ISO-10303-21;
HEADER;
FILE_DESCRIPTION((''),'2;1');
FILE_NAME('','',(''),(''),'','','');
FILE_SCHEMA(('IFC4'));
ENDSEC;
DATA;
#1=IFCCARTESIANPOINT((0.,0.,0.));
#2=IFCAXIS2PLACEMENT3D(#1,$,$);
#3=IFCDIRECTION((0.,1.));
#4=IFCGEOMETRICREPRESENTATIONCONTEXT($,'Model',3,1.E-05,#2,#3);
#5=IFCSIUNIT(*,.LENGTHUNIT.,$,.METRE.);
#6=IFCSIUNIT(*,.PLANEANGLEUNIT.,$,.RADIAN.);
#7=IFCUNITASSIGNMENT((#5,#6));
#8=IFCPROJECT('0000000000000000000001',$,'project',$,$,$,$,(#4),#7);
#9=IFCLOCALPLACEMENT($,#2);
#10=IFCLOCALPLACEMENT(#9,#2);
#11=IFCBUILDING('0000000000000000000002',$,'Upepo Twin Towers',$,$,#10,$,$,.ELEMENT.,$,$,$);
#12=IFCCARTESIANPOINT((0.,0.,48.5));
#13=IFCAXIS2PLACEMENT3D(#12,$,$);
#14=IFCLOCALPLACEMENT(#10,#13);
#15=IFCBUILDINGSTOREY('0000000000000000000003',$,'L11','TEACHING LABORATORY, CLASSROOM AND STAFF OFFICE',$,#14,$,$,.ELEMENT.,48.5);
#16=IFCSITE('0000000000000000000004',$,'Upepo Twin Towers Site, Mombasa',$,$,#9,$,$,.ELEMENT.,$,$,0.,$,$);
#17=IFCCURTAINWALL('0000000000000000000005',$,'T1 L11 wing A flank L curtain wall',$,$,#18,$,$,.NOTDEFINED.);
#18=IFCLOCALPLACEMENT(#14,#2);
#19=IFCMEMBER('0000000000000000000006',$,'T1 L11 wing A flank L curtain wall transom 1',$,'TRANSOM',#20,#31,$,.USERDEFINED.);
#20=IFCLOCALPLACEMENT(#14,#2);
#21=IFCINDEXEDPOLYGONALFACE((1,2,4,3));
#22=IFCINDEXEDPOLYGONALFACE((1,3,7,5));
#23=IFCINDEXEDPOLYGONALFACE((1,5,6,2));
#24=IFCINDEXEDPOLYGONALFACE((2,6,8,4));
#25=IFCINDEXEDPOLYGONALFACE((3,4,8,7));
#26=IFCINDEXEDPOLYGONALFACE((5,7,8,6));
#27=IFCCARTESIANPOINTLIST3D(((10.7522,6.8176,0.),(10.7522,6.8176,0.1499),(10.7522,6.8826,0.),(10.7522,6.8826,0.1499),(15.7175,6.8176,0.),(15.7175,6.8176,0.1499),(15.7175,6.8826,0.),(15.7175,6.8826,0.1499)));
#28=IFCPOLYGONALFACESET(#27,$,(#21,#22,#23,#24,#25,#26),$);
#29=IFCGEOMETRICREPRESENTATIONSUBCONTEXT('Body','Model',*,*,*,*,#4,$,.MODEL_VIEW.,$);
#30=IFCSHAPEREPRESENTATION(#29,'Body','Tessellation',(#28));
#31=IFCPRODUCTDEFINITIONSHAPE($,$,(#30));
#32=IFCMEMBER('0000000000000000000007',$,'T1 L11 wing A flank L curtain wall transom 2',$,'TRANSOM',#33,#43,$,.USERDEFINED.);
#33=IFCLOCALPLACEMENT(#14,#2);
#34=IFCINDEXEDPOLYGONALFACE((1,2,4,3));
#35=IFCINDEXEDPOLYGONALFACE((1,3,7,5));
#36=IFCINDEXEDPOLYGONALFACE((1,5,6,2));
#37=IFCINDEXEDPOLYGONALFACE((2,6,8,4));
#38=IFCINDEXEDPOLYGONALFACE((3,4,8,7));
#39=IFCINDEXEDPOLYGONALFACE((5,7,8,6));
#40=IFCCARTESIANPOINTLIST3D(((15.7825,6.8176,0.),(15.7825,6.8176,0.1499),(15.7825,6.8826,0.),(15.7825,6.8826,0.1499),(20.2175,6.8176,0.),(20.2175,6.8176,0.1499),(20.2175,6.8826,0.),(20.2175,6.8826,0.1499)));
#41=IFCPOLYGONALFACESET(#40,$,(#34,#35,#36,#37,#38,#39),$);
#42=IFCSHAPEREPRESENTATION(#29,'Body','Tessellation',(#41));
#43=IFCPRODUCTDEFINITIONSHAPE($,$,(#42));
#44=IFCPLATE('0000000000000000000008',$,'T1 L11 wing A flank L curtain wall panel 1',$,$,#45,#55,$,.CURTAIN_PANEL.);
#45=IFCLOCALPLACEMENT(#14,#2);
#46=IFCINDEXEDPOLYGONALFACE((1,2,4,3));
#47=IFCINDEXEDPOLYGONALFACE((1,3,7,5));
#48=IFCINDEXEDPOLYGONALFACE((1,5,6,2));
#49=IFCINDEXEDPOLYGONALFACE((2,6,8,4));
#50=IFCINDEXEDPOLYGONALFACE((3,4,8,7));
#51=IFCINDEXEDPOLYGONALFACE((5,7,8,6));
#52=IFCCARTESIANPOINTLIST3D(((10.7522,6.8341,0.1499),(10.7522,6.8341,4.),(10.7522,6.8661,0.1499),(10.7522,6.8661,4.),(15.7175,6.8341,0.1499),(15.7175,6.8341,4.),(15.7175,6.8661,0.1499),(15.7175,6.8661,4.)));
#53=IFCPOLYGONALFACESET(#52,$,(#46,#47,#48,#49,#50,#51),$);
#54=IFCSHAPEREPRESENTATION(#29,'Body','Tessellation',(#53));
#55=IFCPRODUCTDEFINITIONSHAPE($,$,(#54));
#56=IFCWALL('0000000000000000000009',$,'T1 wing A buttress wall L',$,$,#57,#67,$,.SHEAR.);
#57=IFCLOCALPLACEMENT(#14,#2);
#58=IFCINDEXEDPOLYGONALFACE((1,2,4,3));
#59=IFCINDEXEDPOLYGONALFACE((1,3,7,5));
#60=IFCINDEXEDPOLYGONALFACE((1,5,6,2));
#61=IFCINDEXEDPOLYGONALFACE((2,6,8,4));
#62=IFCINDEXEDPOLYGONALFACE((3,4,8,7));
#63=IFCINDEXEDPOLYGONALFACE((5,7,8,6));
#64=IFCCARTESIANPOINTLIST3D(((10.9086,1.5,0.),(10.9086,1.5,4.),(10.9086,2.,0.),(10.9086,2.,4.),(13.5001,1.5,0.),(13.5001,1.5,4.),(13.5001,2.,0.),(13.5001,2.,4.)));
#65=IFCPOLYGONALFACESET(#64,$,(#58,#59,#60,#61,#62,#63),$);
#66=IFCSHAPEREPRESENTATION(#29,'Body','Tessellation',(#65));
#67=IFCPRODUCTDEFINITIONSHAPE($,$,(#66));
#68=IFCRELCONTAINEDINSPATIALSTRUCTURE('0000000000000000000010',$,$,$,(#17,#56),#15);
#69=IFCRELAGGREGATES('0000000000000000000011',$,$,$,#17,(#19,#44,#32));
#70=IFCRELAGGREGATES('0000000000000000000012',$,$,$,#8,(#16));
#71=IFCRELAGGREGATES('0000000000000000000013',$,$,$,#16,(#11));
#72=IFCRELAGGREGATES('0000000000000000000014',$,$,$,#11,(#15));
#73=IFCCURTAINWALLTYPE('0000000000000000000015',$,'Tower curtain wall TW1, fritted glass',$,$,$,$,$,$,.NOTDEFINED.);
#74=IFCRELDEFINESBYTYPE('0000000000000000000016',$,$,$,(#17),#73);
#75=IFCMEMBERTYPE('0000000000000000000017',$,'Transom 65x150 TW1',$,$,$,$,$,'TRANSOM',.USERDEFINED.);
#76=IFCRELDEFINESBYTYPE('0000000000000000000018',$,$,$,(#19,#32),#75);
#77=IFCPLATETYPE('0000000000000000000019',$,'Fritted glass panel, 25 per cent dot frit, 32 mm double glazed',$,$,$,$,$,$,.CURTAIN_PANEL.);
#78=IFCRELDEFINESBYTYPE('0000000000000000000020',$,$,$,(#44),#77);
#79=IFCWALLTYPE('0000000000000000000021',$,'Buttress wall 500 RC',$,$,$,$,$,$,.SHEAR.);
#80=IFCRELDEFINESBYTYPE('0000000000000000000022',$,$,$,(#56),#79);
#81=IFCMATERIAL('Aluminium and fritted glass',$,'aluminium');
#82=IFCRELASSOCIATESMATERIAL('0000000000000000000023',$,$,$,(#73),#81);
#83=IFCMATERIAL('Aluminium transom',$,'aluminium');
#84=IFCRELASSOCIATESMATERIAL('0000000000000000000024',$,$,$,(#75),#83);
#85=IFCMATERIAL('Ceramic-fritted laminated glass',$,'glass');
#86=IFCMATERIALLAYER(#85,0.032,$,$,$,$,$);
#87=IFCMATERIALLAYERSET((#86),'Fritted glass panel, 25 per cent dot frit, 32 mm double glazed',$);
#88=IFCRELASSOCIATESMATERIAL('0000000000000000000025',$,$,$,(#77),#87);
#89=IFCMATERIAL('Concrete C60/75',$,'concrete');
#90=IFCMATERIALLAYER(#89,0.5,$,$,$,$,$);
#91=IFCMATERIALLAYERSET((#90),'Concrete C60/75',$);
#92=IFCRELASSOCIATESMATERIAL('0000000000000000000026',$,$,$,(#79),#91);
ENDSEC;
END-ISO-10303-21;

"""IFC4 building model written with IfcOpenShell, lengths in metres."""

from ifc_helpers import new_model, si_unit, direction, frame, frame_2d, origin, origin_2d, place, context, subcontext, project, spatial, rectangle, extrude, material, layer, layer_set, material_profile, profile_set, type_object, element, aggregate, save


model = new_model("IFC4")

# Units and contexts
model_context = context("Model", 3, precision=1e-05, world=origin(), true_north=direction((0.0, 1.0)))
body_context = subcontext(model_context, "Body", "Model", "MODEL_VIEW")
ifc_project = project(units=[si_unit("LENGTHUNIT", "METRE"), si_unit("PLANEANGLEUNIT", "RADIAN")], contexts=[model_context])

# Site, building, storey
site_placement = place(None, origin())
site = spatial("IfcSite", under=ifc_project, at=site_placement, Name="Upepo Twin Towers Site, Mombasa", CompositionType="ELEMENT", RefElevation=0.0)
building_placement = place(site_placement, origin())
building = spatial("IfcBuilding", under=site, at=building_placement, Name="Upepo Twin Towers", CompositionType="ELEMENT")
storey_placement = place(building_placement, frame((0.0, 0.0, 48.5)))
storey = spatial("IfcBuildingStorey", under=building, at=storey_placement, Name="L11", Description="TEACHING LABORATORY, CLASSROOM AND STAFF OFFICE", CompositionType="ELEMENT", Elevation=48.5)

# Curtain wall, members, plate
ifc_material_1 = material(Name="Aluminium and fritted glass", Category="aluminium")
curtain_wall_type = type_object("IfcCurtainWallType", Name="Tower curtain wall TW1, fritted glass", PredefinedType="NOTDEFINED", material=ifc_material_1)
curtain_wall_placement = place(storey_placement, origin())
curtain_wall = element("IfcCurtainWall", 1, at=curtain_wall_placement, inside=storey, type_object=curtain_wall_type, Name="T1 L11 wing A flank L curtain wall", PredefinedType="NOTDEFINED")
ifc_material_2 = material(Name="Aluminium transom", Category="aluminium")
ifc_material_profile_1 = material_profile(ifc_material_2, rectangle(XDim=0.0649, YDim=0.1499, at=origin_2d()), Name="TRANSOM 65x150")
ifc_profile_set_1 = profile_set([ifc_material_profile_1], Name="Aluminium transom")
member_type_1 = type_object("IfcMemberType", Name="Transom 65x150 TW1", ElementType="TRANSOM", PredefinedType="USERDEFINED", material=ifc_profile_set_1)
member_1_placement = place(storey_placement, frame((10.7522, 6.8501, 0.075), z_axis=(1.0, 0.0, 0.0), x_axis=(0.0, 1.0, 0.0)))
member_1 = element("IfcMember", 2, at=member_1_placement, type_object=member_type_1, Name="T1 L11 wing A flank L curtain wall transom 1", ObjectType="TRANSOM", PredefinedType="USERDEFINED", context=body_context, shape_type="SweptSolid", body=[
    extrude(rectangle(XDim=0.0649, YDim=0.1499, at=origin_2d()), origin(), (0.0, 0.0, 1.0), 4.9653),
])
member_2_placement = place(storey_placement, frame((15.7825, 6.8501, 0.075), z_axis=(1.0, 0.0, 0.0), x_axis=(0.0, 1.0, 0.0)))
member_2 = element("IfcMember", 3, at=member_2_placement, type_object=member_type_1, Name="T1 L11 wing A flank L curtain wall transom 2", ObjectType="TRANSOM", PredefinedType="USERDEFINED", context=body_context, shape_type="SweptSolid", body=[
    extrude(rectangle(XDim=0.0649, YDim=0.1499, at=origin_2d()), origin(), (0.0, 0.0, 1.0), 4.4351),
])
ifc_material_3 = material(Name="Ceramic-fritted laminated glass", Category="glass")
ifc_layer_1 = layer(ifc_material_3, 0.032)
ifc_layer_set_1 = layer_set([ifc_layer_1], Name="Fritted glass panel, 25 per cent dot frit, 32 mm double glazed")
plate_type = type_object("IfcPlateType", Name="Fritted glass panel, 25 per cent dot frit, 32 mm double glazed", PredefinedType="CURTAIN_PANEL", material=ifc_layer_set_1)
plate_placement = place(storey_placement, frame((13.2349, 6.8501, 0.1499), z_axis=(0.0, 0.0, 1.0), x_axis=(1.0, 0.0, 0.0)))
plate = element("IfcPlate", 4, at=plate_placement, type_object=plate_type, Name="T1 L11 wing A flank L curtain wall panel 1", PredefinedType="CURTAIN_PANEL", context=body_context, shape_type="SweptSolid", body=[
    extrude(rectangle(XDim=4.9653, YDim=0.032, at=origin_2d()), origin(), (0.0, 0.0, 1.0), 3.8501),
])
aggregate(curtain_wall, [member_1, plate, member_2])

# Wall
ifc_material_4 = material(Name="Concrete C60/75", Category="concrete")
ifc_layer_2 = layer(ifc_material_4, 0.5)
ifc_layer_set_2 = layer_set([ifc_layer_2], Name="Concrete C60/75")
wall_type_1 = type_object("IfcWallType", Name="Buttress wall 500 RC", PredefinedType="SHEAR", material=ifc_layer_set_2)
wall_1_placement = place(storey_placement, frame((10.9084, 1.75, 0.0), z_axis=(0.0, 0.0, 1.0), x_axis=(1.0, 0.0, 0.0)))
element("IfcWall", 5, at=wall_1_placement, inside=storey, type_object=wall_type_1, Name="T1 wing A buttress wall L", PredefinedType="SHEAR", context=body_context, shape_type="SweptSolid", body=[
    extrude(rectangle(XDim=2.5916, YDim=0.5, at=frame_2d((1.2959, 0.0))), origin(), (0.0, 0.0, 1.0), 4.0),
])

save(model, "model.ifc")
